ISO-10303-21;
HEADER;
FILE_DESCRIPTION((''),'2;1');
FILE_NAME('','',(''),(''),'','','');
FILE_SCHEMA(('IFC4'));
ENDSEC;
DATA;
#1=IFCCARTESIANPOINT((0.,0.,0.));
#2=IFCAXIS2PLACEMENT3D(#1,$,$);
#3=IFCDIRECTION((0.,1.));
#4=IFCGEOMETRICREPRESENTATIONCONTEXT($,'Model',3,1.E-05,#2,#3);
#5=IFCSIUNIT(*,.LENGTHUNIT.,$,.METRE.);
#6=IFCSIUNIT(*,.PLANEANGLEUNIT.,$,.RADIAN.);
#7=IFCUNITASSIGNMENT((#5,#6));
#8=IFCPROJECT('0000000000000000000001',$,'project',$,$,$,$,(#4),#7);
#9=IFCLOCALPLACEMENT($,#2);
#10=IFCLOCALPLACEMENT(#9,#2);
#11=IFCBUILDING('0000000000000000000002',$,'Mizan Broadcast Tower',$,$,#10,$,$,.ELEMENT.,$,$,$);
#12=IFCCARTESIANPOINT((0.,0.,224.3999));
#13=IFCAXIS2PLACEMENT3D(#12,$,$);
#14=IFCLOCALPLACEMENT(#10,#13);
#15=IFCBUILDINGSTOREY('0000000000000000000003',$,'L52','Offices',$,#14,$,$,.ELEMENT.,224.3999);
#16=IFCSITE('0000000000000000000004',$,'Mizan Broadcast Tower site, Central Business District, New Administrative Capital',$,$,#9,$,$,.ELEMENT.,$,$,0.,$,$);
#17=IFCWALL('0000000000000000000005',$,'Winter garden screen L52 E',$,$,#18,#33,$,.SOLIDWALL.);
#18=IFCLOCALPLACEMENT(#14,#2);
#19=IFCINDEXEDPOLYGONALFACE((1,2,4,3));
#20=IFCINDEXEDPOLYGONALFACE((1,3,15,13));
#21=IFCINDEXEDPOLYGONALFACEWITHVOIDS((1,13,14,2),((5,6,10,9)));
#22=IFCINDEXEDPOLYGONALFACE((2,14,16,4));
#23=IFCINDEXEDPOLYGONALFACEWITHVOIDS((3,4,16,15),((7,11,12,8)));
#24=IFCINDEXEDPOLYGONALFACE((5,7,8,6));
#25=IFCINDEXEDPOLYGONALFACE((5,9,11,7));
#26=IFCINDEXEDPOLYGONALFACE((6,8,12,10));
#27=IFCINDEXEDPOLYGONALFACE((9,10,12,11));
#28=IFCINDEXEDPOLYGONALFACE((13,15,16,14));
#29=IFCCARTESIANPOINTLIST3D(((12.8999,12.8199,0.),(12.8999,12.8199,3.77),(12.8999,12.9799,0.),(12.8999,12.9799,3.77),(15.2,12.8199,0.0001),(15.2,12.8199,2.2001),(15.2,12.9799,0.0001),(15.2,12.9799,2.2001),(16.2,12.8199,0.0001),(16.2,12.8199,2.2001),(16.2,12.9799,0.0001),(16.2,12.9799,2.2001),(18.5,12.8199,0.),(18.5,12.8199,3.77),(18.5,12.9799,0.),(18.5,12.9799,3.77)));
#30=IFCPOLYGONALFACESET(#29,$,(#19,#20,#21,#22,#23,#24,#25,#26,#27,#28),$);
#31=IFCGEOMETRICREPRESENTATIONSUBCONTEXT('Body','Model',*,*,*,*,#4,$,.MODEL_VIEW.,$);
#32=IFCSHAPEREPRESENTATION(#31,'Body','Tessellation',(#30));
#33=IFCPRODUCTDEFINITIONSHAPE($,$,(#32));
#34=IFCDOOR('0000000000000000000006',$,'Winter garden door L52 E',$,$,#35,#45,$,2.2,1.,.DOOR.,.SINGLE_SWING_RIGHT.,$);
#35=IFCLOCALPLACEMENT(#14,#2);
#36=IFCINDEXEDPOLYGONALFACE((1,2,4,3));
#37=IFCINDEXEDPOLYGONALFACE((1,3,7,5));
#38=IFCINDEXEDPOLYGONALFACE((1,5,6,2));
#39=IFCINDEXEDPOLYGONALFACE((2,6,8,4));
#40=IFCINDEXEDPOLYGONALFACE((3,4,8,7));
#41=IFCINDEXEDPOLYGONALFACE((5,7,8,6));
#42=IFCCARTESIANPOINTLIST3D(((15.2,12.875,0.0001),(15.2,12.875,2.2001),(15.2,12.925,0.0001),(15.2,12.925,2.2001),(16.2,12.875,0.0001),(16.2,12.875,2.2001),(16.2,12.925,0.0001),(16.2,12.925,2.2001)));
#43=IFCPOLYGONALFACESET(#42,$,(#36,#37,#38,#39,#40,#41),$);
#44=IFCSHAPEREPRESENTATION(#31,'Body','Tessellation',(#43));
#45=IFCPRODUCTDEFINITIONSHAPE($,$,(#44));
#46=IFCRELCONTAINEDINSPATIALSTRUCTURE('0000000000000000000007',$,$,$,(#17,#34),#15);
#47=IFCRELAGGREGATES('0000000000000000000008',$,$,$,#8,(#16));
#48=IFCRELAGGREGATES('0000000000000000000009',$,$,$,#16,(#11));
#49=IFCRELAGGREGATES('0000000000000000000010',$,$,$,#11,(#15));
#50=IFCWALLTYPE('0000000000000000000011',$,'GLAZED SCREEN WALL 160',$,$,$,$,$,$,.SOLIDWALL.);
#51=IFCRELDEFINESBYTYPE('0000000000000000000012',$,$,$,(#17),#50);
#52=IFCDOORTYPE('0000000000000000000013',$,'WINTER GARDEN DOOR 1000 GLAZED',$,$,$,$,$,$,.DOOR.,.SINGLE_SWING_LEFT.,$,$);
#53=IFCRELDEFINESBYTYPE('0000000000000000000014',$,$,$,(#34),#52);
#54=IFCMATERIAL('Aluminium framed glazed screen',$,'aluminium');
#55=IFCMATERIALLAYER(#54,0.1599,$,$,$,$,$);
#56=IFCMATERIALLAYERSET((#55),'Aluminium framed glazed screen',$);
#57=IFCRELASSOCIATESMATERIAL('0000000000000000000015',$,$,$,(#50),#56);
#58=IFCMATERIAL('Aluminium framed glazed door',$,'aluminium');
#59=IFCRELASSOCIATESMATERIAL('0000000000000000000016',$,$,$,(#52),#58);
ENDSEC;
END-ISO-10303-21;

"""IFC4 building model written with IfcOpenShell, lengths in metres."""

from ifc_helpers import new_model, si_unit, direction, frame, frame_2d, origin, place, context, subcontext, project, spatial, rectangle, extrude, material, layer, layer_set, type_object, element, fill, save


model = new_model("IFC4")

# Units and contexts
model_context = context("Model", 3, precision=1e-05, world=origin(), true_north=direction((0.0, 1.0)))
body_context = subcontext(model_context, "Body", "Model", "MODEL_VIEW")
ifc_project = project(units=[si_unit("LENGTHUNIT", "METRE"), si_unit("PLANEANGLEUNIT", "RADIAN")], contexts=[model_context])

# Site, building, storey
site_placement = place(None, origin())
site = spatial("IfcSite", under=ifc_project, at=site_placement, Name="Mizan Broadcast Tower site, Central Business District, New Administrative Capital", CompositionType="ELEMENT", RefElevation=0.0)
building_placement = place(site_placement, origin())
building = spatial("IfcBuilding", under=site, at=building_placement, Name="Mizan Broadcast Tower", CompositionType="ELEMENT")
storey_placement = place(building_placement, frame((0.0, 0.0, 224.3999)))
storey = spatial("IfcBuildingStorey", under=building, at=storey_placement, Name="L52", Description="Offices", CompositionType="ELEMENT", Elevation=224.3999)

# Wall, opening, door
ifc_material_1 = material(Name="Aluminium framed glazed screen", Category="aluminium")
ifc_layer_1 = layer(ifc_material_1, 0.1599)
ifc_layer_set_1 = layer_set([ifc_layer_1], Name="Aluminium framed glazed screen")
wall_type = type_object("IfcWallType", Name="GLAZED SCREEN WALL 160", PredefinedType="SOLIDWALL", material=ifc_layer_set_1)
wall_placement = place(storey_placement, frame((18.5, 12.8999, 0.0), z_axis=(0.0, 0.0, 1.0), x_axis=(-1.0, 0.0, 0.0)))
wall = element("IfcWall", 1, at=wall_placement, inside=storey, type_object=wall_type, Name="Winter garden screen L52 E", PredefinedType="SOLIDWALL", context=body_context, shape_type="SweptSolid", body=[
    extrude(rectangle(XDim=5.6001, YDim=0.1599, at=frame_2d((2.8, 0.0))), origin(), (0.0, 0.0, 1.0), 3.77),
])
opening_placement = place(wall_placement, frame((2.3, 0.0, 0.0)))
opening = element("IfcOpeningElement", 2, at=opening_placement, cuts=wall, PredefinedType="OPENING", context=body_context, shape_type="SweptSolid", body=[
    extrude(rectangle(XDim=1.0, YDim=2.2, at=frame_2d((0.5, 1.1001))), frame((0.0, 0.0898, 0.0), z_axis=(0.0, -1.0, 0.0), x_axis=(1.0, 0.0, 0.0)), (0.0, 0.0, 1.0), 0.1799),
])
ifc_material_2 = material(Name="Aluminium framed glazed door", Category="aluminium")
door_type = type_object("IfcDoorType", Name="WINTER GARDEN DOOR 1000 GLAZED", OperationType="SINGLE_SWING_LEFT", PredefinedType="DOOR", material=ifc_material_2)
door_placement = place(opening_placement, origin())
door = element("IfcDoor", 3, at=door_placement, inside=storey, type_object=door_type, Name="Winter garden door L52 E", OperationType="SINGLE_SWING_RIGHT", OverallHeight=2.2, OverallWidth=1.0, PredefinedType="DOOR", context=body_context, shape_type="SweptSolid", body=[
    extrude(rectangle(XDim=1.0, YDim=2.2, at=frame_2d((0.5, 1.1001))), frame((0.0, 0.0249, 0.0), z_axis=(0.0, -1.0, 0.0), x_axis=(1.0, 0.0, 0.0)), (0.0, 0.0, 1.0), 0.05),
])
fill(opening, door)

save(model, "model.ifc")
